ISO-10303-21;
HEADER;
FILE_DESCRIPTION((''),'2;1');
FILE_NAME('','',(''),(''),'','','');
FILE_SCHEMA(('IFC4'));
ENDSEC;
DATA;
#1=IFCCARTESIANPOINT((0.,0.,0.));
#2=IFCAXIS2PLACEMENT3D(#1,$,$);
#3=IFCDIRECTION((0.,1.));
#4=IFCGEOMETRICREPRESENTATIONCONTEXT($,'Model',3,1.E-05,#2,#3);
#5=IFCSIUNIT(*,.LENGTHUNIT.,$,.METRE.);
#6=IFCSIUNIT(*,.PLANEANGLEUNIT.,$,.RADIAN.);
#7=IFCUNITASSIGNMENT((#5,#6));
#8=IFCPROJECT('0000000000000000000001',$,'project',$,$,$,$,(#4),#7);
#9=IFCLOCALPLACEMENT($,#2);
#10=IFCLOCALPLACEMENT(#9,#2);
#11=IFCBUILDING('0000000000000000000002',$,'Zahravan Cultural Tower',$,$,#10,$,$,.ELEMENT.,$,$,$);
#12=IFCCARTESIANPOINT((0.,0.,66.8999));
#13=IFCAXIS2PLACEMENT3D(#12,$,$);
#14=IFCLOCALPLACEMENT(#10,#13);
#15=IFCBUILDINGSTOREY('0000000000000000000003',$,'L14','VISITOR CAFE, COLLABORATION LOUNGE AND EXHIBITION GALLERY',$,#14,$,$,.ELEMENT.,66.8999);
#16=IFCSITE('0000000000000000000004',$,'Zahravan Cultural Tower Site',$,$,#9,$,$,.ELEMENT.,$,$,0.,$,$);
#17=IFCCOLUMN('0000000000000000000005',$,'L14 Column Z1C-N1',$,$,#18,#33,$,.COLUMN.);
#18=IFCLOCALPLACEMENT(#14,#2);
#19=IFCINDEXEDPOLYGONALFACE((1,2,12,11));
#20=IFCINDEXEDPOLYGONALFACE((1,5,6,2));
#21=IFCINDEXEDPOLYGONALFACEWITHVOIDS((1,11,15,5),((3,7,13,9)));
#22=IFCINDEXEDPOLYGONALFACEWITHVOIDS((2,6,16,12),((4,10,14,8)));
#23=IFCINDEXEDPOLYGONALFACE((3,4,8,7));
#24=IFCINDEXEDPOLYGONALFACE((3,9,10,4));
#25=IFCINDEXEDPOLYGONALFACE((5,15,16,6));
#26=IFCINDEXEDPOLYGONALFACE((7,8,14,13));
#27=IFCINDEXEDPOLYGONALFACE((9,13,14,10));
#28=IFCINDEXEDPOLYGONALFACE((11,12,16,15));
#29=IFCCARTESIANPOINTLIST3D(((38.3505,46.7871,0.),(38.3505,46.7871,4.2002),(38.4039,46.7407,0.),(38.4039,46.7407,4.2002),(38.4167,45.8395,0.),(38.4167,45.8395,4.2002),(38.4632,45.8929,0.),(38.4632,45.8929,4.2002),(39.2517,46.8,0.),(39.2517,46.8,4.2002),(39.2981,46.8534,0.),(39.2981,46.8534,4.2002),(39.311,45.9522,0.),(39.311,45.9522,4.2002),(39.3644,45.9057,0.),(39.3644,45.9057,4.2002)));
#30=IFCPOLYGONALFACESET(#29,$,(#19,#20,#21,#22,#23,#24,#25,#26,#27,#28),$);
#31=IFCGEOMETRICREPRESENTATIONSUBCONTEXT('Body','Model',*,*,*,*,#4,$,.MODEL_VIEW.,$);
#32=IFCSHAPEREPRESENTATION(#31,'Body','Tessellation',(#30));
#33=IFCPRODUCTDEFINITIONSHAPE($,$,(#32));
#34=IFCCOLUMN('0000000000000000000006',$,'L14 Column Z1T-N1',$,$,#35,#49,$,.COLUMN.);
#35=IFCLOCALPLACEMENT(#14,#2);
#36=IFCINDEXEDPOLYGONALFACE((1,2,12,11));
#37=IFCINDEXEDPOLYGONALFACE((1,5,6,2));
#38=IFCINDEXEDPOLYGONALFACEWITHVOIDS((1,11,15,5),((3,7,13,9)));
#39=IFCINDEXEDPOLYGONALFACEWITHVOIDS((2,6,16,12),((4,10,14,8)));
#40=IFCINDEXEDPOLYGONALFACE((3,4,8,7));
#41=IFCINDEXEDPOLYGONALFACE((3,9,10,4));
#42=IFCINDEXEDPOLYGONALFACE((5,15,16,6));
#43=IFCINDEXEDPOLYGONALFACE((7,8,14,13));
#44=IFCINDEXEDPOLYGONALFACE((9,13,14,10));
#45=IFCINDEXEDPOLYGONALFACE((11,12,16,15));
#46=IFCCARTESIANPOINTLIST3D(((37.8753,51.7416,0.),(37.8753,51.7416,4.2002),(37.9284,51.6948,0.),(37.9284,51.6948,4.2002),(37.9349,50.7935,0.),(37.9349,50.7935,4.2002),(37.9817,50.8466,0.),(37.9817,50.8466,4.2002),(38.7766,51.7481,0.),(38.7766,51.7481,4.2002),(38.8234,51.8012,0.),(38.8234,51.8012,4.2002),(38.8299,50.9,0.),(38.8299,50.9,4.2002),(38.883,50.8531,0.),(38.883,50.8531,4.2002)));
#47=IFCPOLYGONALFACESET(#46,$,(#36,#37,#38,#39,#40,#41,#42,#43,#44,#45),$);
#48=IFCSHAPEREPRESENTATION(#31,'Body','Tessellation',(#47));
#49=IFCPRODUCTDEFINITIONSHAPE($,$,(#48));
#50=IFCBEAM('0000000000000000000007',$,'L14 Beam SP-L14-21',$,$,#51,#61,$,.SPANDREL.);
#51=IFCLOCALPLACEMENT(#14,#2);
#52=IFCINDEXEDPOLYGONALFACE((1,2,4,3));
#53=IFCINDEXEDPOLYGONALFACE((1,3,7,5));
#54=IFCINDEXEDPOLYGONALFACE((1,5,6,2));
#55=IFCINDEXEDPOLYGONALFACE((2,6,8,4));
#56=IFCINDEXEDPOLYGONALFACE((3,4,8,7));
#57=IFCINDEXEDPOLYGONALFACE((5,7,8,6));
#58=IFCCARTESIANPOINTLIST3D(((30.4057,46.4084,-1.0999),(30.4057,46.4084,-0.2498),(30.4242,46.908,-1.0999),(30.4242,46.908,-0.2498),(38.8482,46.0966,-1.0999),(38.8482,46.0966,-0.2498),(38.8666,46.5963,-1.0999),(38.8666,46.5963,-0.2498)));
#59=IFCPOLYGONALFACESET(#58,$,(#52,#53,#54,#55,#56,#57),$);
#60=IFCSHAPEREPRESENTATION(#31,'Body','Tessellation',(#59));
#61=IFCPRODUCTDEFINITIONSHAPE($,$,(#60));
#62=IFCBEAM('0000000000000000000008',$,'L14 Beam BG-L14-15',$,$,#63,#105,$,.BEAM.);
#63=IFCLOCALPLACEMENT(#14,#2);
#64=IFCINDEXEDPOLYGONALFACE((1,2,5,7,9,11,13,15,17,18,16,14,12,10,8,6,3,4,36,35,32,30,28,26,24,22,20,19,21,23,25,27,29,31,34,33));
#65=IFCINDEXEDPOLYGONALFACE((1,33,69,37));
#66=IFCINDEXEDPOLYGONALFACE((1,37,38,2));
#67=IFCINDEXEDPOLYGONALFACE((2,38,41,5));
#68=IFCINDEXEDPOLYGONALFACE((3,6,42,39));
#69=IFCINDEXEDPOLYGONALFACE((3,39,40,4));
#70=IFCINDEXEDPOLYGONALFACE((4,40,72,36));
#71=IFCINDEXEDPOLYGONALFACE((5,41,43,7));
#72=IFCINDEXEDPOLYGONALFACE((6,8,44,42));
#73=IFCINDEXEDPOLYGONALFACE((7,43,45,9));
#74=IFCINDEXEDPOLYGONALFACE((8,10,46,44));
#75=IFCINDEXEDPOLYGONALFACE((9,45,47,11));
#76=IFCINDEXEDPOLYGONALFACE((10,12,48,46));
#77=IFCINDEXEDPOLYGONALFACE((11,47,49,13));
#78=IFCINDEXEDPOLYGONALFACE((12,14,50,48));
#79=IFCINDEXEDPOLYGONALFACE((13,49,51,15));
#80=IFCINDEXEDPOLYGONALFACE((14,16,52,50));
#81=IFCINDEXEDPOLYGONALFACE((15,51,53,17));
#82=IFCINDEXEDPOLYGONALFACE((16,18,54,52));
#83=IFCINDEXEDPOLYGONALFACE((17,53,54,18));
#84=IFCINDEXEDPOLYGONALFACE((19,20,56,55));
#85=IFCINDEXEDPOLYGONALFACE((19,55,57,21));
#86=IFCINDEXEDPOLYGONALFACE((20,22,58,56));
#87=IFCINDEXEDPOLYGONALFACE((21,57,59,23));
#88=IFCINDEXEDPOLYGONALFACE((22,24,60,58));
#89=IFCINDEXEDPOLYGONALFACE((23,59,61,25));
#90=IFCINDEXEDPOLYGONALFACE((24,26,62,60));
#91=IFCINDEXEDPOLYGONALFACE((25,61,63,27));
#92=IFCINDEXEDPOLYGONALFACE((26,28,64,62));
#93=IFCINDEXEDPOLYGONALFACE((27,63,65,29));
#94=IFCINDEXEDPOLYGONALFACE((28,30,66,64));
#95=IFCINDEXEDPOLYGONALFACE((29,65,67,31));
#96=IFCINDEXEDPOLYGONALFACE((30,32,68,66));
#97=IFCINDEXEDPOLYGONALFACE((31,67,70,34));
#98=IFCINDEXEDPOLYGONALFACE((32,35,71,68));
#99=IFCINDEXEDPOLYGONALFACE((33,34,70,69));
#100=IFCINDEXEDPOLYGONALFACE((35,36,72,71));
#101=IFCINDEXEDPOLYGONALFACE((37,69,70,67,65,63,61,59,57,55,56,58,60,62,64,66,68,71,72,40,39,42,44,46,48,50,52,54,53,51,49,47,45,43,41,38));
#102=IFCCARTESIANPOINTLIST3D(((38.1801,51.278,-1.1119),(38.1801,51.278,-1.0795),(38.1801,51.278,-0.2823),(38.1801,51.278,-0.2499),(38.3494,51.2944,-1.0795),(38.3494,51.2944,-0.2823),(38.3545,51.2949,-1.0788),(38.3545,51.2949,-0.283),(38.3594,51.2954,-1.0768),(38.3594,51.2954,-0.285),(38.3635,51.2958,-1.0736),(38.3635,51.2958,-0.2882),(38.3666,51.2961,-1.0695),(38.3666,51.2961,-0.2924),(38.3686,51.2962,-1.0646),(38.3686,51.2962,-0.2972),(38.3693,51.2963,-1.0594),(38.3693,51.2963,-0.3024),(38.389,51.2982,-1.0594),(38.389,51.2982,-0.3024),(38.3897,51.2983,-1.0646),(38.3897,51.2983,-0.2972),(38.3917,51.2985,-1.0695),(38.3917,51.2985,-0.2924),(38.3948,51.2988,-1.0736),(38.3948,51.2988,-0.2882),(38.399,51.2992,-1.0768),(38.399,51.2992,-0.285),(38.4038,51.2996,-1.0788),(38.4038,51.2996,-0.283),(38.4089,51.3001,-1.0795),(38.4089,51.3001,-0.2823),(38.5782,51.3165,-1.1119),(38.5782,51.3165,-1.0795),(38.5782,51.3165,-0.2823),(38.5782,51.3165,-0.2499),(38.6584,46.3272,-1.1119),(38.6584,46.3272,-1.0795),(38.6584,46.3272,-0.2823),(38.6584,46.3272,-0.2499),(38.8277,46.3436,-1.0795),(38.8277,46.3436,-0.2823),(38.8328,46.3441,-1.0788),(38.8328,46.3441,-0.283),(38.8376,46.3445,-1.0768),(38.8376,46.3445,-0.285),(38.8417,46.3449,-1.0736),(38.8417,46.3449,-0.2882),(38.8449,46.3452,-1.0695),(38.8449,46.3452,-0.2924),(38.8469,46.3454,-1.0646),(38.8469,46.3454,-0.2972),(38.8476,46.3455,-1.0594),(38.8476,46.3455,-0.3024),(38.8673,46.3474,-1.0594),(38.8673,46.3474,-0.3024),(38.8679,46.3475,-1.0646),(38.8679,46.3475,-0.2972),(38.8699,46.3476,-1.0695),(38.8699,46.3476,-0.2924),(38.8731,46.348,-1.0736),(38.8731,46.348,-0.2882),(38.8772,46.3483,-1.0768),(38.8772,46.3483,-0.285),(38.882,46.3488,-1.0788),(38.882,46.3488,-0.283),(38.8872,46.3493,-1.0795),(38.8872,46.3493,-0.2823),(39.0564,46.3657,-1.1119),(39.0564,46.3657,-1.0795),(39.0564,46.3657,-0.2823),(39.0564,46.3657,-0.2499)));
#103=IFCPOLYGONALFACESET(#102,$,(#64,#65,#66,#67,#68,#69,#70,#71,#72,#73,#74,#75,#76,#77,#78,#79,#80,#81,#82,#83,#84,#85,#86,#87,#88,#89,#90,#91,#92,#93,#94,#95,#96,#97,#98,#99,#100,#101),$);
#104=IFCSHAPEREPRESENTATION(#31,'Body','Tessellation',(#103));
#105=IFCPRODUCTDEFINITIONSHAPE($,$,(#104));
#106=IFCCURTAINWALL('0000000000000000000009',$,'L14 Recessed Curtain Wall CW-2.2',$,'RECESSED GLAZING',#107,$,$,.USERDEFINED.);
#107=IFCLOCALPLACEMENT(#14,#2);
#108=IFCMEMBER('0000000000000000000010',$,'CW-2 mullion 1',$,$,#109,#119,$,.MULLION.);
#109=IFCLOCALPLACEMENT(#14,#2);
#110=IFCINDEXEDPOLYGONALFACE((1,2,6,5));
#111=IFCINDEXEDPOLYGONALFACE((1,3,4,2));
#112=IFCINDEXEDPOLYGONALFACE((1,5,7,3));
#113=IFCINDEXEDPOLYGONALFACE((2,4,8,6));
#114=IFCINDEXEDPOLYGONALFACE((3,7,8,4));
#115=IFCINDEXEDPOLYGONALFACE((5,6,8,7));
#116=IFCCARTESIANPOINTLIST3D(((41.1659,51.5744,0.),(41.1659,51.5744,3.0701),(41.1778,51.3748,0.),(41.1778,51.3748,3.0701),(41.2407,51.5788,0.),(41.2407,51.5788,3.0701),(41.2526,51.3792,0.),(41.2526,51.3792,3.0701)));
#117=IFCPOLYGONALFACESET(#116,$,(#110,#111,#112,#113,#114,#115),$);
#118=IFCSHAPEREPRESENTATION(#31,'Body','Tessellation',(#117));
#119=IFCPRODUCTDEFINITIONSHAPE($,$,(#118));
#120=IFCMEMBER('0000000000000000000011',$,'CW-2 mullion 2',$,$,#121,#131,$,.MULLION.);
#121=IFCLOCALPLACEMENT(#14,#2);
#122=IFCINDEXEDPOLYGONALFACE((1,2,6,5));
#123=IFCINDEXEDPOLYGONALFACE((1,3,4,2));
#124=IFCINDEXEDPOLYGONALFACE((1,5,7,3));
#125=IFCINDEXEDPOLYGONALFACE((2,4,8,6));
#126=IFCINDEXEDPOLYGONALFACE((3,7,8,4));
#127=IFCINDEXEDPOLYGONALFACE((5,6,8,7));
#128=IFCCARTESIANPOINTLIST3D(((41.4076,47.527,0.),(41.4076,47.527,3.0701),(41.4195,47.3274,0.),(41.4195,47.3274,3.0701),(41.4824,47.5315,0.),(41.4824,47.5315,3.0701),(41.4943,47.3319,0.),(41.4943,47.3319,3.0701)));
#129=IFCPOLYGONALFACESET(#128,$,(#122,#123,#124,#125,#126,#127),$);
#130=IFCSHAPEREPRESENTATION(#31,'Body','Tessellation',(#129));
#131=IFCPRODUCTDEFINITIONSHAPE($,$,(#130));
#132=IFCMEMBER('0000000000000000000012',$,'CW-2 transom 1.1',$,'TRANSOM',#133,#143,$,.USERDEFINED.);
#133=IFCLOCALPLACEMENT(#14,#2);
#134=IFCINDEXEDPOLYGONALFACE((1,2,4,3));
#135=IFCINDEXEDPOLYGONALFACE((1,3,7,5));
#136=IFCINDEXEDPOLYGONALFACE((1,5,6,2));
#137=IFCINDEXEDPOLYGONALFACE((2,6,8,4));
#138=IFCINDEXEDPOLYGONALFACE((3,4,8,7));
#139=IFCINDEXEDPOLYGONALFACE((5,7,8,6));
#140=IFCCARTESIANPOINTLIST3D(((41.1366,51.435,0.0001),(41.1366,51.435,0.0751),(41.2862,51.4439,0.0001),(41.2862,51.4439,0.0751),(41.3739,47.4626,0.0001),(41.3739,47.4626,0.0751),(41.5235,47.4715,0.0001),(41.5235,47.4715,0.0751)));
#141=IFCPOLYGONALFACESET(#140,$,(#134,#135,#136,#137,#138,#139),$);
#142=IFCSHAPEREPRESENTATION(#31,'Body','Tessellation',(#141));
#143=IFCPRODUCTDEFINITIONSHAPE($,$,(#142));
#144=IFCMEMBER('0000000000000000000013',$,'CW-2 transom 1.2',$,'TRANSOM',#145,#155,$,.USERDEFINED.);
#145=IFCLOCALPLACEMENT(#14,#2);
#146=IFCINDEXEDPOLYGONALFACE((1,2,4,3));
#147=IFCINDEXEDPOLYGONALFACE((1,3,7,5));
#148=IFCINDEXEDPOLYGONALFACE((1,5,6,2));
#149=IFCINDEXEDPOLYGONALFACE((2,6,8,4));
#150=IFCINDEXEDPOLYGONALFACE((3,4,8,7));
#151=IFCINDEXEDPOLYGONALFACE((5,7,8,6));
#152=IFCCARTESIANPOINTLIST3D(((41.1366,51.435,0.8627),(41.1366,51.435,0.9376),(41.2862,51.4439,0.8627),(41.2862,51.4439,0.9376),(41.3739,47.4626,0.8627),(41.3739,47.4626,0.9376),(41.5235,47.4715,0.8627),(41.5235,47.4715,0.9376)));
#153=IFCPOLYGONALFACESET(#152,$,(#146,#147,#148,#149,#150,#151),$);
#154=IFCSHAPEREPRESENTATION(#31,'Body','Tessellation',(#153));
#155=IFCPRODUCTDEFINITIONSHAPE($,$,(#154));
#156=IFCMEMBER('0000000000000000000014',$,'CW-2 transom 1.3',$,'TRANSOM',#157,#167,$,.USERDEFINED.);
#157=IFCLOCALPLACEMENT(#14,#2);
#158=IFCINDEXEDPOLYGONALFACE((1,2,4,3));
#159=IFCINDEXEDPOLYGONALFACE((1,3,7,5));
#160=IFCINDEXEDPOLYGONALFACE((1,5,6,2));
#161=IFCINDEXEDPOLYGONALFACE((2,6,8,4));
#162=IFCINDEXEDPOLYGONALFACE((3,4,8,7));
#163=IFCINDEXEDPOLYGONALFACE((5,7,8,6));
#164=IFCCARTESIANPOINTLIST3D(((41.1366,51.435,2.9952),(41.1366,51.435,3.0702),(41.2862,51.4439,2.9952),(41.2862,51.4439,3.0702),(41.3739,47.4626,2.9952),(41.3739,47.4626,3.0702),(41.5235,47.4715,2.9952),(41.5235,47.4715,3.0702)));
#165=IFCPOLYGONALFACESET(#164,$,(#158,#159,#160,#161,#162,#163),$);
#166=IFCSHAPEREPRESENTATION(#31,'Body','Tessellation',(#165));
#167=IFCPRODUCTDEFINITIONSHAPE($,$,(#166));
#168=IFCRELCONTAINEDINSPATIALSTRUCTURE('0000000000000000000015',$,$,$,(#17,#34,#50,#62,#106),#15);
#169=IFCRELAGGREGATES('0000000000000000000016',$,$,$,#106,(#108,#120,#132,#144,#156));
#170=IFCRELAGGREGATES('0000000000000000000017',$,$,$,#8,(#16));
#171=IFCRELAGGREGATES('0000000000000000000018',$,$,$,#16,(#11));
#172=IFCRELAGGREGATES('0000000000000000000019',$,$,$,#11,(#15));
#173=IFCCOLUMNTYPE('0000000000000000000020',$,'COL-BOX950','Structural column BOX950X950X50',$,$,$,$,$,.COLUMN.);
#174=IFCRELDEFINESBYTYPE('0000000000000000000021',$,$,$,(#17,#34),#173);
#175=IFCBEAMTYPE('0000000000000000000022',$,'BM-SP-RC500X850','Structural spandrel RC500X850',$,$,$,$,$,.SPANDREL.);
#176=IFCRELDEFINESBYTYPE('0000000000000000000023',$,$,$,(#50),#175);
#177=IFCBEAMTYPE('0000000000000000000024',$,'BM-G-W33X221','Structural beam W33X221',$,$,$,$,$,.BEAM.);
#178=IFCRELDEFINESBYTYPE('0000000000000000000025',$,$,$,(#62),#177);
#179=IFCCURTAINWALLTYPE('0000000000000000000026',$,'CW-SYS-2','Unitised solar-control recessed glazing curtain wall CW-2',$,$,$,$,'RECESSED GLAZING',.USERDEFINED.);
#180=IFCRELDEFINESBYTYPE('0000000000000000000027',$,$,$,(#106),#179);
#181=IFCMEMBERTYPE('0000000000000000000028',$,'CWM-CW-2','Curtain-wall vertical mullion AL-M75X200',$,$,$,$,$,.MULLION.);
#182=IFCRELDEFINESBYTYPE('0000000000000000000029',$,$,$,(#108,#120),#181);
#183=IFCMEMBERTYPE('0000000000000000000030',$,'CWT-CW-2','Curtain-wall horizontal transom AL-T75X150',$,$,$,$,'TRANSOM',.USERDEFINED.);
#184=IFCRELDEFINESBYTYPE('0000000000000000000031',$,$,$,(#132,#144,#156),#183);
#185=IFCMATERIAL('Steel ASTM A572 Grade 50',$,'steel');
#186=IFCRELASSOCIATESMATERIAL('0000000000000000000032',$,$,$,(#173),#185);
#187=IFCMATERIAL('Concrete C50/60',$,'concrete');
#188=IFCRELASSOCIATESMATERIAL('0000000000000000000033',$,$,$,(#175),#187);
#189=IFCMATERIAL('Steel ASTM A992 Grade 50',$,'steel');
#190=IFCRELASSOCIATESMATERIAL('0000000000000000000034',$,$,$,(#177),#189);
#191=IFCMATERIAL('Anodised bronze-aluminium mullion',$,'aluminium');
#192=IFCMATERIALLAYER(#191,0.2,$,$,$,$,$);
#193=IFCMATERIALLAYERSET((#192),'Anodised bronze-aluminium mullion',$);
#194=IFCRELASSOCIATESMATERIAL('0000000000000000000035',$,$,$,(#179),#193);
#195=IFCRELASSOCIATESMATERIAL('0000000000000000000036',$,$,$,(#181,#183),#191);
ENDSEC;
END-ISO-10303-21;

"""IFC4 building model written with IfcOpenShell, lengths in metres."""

from ifc_helpers import new_model, si_unit, direction, frame, origin, origin_2d, place, context, subcontext, project, spatial, rectangle, hollow_rectangle, i_section, extrude, source, transform, mapped, material, layer, layer_set, material_profile, profile_set, type_object, element, aggregate, save


model = new_model("IFC4")

# Units and contexts
model_context = context("Model", 3, precision=1e-05, world=origin(), true_north=direction((0.0, 1.0)))
body_context = subcontext(model_context, "Body", "Model", "MODEL_VIEW")
ifc_project = project(units=[si_unit("LENGTHUNIT", "METRE"), si_unit("PLANEANGLEUNIT", "RADIAN")], contexts=[model_context])

# Site, building, storey
site_placement = place(None, origin())
site = spatial("IfcSite", under=ifc_project, at=site_placement, Name="Zahravan Cultural Tower Site", CompositionType="ELEMENT", RefElevation=0.0)
building_placement = place(site_placement, origin())
building = spatial("IfcBuilding", under=site, at=building_placement, Name="Zahravan Cultural Tower", CompositionType="ELEMENT")
storey_placement = place(building_placement, frame((0.0, 0.0, 66.8999)))
storey = spatial("IfcBuildingStorey", under=building, at=storey_placement, Name="L14", Description="VISITOR CAFE, COLLABORATION LOUNGE AND EXHIBITION GALLERY", CompositionType="ELEMENT", Elevation=66.8999)

# Columns
ifc_material_1 = material(Name="Steel ASTM A572 Grade 50", Category="steel")
ifc_material_profile_1 = material_profile(ifc_material_1, hollow_rectangle(XDim=0.95, YDim=0.95, WallThickness=0.05, at=origin_2d()), Name="BOX950X950X50")
ifc_profile_set_1 = profile_set([ifc_material_profile_1], Name="Steel ASTM A572 Grade 50")
column_type = type_object("IfcColumnType", Name="COL-BOX950", Description="Structural column BOX950X950X50", PredefinedType="COLUMN", material=ifc_profile_set_1)
shared_shape_1 = source(origin(), body_context, "Body", "SweptSolid", [
    extrude(hollow_rectangle(XDim=0.95, YDim=0.95, WallThickness=0.05, at=origin_2d()), origin(), (0.0, 0.0, 1.0), 4.2002),
])
for number, where, z_axis, x_axis, name in (
    (1, (38.8574, 46.3464, 0.0), (0.0, 0.0, 1.0), (-0.069756, 0.997564, 0.0), "L14 Column Z1C-N1"),
    (2, (38.3792, 51.2974, 0.0), (0.0, 0.0, 1.0), (-0.062791, 0.998027, 0.0), "L14 Column Z1T-N1"),
):
    element("IfcColumn", number, at=place(storey_placement, frame(where, z_axis=z_axis, x_axis=x_axis)), inside=storey, type_object=column_type, Name=name, PredefinedType="COLUMN", context=body_context, shape_type="MappedRepresentation", body=[
        mapped(shared_shape_1, transform((0.0, 0.0, 0.0), x_axis=(1.0, 0.0, 0.0), y_axis=(0.0, 1.0, 0.0), z_axis=(0.0, 0.0, 1.0), scale=1.0)),
    ])

# Beams
ifc_material_2 = material(Name="Concrete C50/60", Category="concrete")
ifc_material_profile_2 = material_profile(ifc_material_2, rectangle(XDim=0.5, YDim=0.8501, at=origin_2d()), Name="RC500X850")
ifc_profile_set_2 = profile_set([ifc_material_profile_2], Name="Concrete C50/60")
beam_type_1 = type_object("IfcBeamType", Name="BM-SP-RC500X850", Description="Structural spandrel RC500X850", PredefinedType="SPANDREL", material=ifc_profile_set_2)
shared_shape_2 = source(origin(), body_context, "Body", "SweptSolid", [
    extrude(rectangle(XDim=0.5, YDim=0.8501, at=origin_2d()), origin(), (0.0, 0.0, 1.0), 8.4482),
])
beam_1_placement = place(storey_placement, frame((38.8574, 46.3464, -0.6748), z_axis=(-0.999319, 0.036904, 0.0), x_axis=(-0.036904, -0.999319, 0.0)))
element("IfcBeam", 3, at=beam_1_placement, inside=storey, type_object=beam_type_1, Name="L14 Beam SP-L14-21", PredefinedType="SPANDREL", context=body_context, shape_type="MappedRepresentation", body=[
    mapped(shared_shape_2, transform((0.0, 0.0, 0.0), x_axis=(1.0, 0.0, 0.0), y_axis=(0.0, 1.0, 0.0), z_axis=(0.0, 0.0, 1.0), scale=1.0)),
])
ifc_material_3 = material(Name="Steel ASTM A992 Grade 50", Category="steel")
ifc_material_profile_3 = material_profile(ifc_material_3, i_section(OverallWidth=0.3999, OverallDepth=0.8621, WebThickness=0.0198, FlangeThickness=0.0325, FilletRadius=0.02, at=origin_2d()), Name="W33X221")
ifc_profile_set_3 = profile_set([ifc_material_profile_3], Name="Steel ASTM A992 Grade 50")
beam_type_2 = type_object("IfcBeamType", Name="BM-G-W33X221", Description="Structural beam W33X221", PredefinedType="BEAM", material=ifc_profile_set_3)
shared_shape_3 = source(origin(), body_context, "Body", "SweptSolid", [
    extrude(i_section(OverallWidth=0.3999, OverallDepth=0.8621, WebThickness=0.0198, FlangeThickness=0.0325, FilletRadius=0.02, at=origin_2d()), origin(), (0.0, 0.0, 1.0), 4.9739),
])
beam_2_placement = place(storey_placement, frame((38.8574, 46.3464, -0.6809), z_axis=(-0.096155, 0.995366, 0.0), x_axis=(-0.995366, -0.096155, 0.0)))
element("IfcBeam", 4, at=beam_2_placement, inside=storey, type_object=beam_type_2, Name="L14 Beam BG-L14-15", PredefinedType="BEAM", context=body_context, shape_type="MappedRepresentation", body=[
    mapped(shared_shape_3, transform((0.0, 0.0, 0.0), x_axis=(1.0, 0.0, 0.0), y_axis=(0.0, 1.0, 0.0), z_axis=(0.0, 0.0, 1.0), scale=1.0)),
])

# Curtain wall, members
ifc_material_4 = material(Name="Anodised bronze-aluminium mullion", Category="aluminium")
ifc_layer_1 = layer(ifc_material_4, 0.2)
ifc_layer_set_1 = layer_set([ifc_layer_1], Name="Anodised bronze-aluminium mullion")
curtain_wall_type = type_object("IfcCurtainWallType", Name="CW-SYS-2", Description="Unitised solar-control recessed glazing curtain wall CW-2", ElementType="RECESSED GLAZING", PredefinedType="USERDEFINED", material=ifc_layer_set_1)
curtain_wall_placement = place(storey_placement, origin())
curtain_wall = element("IfcCurtainWall", 5, at=curtain_wall_placement, inside=storey, type_object=curtain_wall_type, Name="L14 Recessed Curtain Wall CW-2.2", ObjectType="RECESSED GLAZING", PredefinedType="USERDEFINED")
ifc_material_profile_4 = material_profile(ifc_material_4, rectangle(XDim=0.075, YDim=0.2, at=origin_2d()), Name="AL-M75X200")
ifc_profile_set_4 = profile_set([ifc_material_profile_4], Name="Anodised bronze-aluminium mullion")
member_type_1 = type_object("IfcMemberType", Name="CWM-CW-2", Description="Curtain-wall vertical mullion AL-M75X200", PredefinedType="MULLION", material=ifc_profile_set_4)
shared_shape_4 = source(origin(), body_context, "Body", "SweptSolid", [
    extrude(rectangle(XDim=0.075, YDim=0.2, at=origin_2d()), origin(), (0.0, 0.0, 1.0), 3.0701),
])
member_1_placement = place(storey_placement, frame((41.2092, 51.4768, 0.0), z_axis=(0.0, 0.0, 1.0), x_axis=(0.998219, 0.059652, 0.0)))
member_1 = element("IfcMember", 6, at=member_1_placement, type_object=member_type_1, Name="CW-2 mullion 1", PredefinedType="MULLION", context=body_context, shape_type="MappedRepresentation", body=[
    mapped(shared_shape_4, transform((0.0, 0.0, 0.0), x_axis=(1.0, 0.0, 0.0), y_axis=(0.0, 1.0, 0.0), z_axis=(0.0, 0.0, 1.0), scale=1.0)),
])
member_2_placement = place(storey_placement, frame((41.4509, 47.4294, 0.0), z_axis=(0.0, 0.0, 1.0), x_axis=(0.998219, 0.059652, 0.0)))
member_2 = element("IfcMember", 7, at=member_2_placement, type_object=member_type_1, Name="CW-2 mullion 2", PredefinedType="MULLION", context=body_context, shape_type="MappedRepresentation", body=[
    mapped(shared_shape_4, transform((0.0, 0.0, 0.0), x_axis=(1.0, 0.0, 0.0), y_axis=(0.0, 1.0, 0.0), z_axis=(0.0, 0.0, 1.0), scale=1.0)),
])
ifc_material_profile_5 = material_profile(ifc_material_4, rectangle(XDim=0.1499, YDim=0.075, at=origin_2d()), Name="AL-T75X150")
ifc_profile_set_5 = profile_set([ifc_material_profile_5], Name="Anodised bronze-aluminium mullion")
member_type_2 = type_object("IfcMemberType", Name="CWT-CW-2", Description="Curtain-wall horizontal transom AL-T75X150", ElementType="TRANSOM", PredefinedType="USERDEFINED", material=ifc_profile_set_5)
shared_shape_5 = source(origin(), body_context, "Body", "SweptSolid", [
    extrude(rectangle(XDim=0.1499, YDim=0.075, at=origin_2d()), origin(), (0.0, 0.0, 1.0), 3.9795),
])
member_3_placement = place(storey_placement, frame((41.2114, 51.4395, 0.0376), z_axis=(0.059632, -0.99822, 0.0), x_axis=(0.99822, 0.059632, 0.0)))
member_3 = element("IfcMember", 8, at=member_3_placement, type_object=member_type_2, Name="CW-2 transom 1.1", ObjectType="TRANSOM", PredefinedType="USERDEFINED", context=body_context, shape_type="MappedRepresentation", body=[
    mapped(shared_shape_5, transform((0.0, 0.0, 0.0), x_axis=(1.0, 0.0, 0.0), y_axis=(0.0, 1.0, 0.0), z_axis=(0.0, 0.0, 1.0), scale=1.0)),
])
member_4_placement = place(storey_placement, frame((41.2114, 51.4395, 0.9001), z_axis=(0.059632, -0.99822, 0.0), x_axis=(0.99822, 0.059632, 0.0)))
member_4 = element("IfcMember", 9, at=member_4_placement, type_object=member_type_2, Name="CW-2 transom 1.2", ObjectType="TRANSOM", PredefinedType="USERDEFINED", context=body_context, shape_type="MappedRepresentation", body=[
    mapped(shared_shape_5, transform((0.0, 0.0, 0.0), x_axis=(1.0, 0.0, 0.0), y_axis=(0.0, 1.0, 0.0), z_axis=(0.0, 0.0, 1.0), scale=1.0)),
])
member_5_placement = place(storey_placement, frame((41.2114, 51.4395, 3.0327), z_axis=(0.059632, -0.99822, 0.0), x_axis=(0.99822, 0.059632, 0.0)))
member_5 = element("IfcMember", 10, at=member_5_placement, type_object=member_type_2, Name="CW-2 transom 1.3", ObjectType="TRANSOM", PredefinedType="USERDEFINED", context=body_context, shape_type="MappedRepresentation", body=[
    mapped(shared_shape_5, transform((0.0, 0.0, 0.0), x_axis=(1.0, 0.0, 0.0), y_axis=(0.0, 1.0, 0.0), z_axis=(0.0, 0.0, 1.0), scale=1.0)),
])
aggregate(curtain_wall, [member_1, member_2, member_3, member_4, member_5])

save(model, "model.ifc")
